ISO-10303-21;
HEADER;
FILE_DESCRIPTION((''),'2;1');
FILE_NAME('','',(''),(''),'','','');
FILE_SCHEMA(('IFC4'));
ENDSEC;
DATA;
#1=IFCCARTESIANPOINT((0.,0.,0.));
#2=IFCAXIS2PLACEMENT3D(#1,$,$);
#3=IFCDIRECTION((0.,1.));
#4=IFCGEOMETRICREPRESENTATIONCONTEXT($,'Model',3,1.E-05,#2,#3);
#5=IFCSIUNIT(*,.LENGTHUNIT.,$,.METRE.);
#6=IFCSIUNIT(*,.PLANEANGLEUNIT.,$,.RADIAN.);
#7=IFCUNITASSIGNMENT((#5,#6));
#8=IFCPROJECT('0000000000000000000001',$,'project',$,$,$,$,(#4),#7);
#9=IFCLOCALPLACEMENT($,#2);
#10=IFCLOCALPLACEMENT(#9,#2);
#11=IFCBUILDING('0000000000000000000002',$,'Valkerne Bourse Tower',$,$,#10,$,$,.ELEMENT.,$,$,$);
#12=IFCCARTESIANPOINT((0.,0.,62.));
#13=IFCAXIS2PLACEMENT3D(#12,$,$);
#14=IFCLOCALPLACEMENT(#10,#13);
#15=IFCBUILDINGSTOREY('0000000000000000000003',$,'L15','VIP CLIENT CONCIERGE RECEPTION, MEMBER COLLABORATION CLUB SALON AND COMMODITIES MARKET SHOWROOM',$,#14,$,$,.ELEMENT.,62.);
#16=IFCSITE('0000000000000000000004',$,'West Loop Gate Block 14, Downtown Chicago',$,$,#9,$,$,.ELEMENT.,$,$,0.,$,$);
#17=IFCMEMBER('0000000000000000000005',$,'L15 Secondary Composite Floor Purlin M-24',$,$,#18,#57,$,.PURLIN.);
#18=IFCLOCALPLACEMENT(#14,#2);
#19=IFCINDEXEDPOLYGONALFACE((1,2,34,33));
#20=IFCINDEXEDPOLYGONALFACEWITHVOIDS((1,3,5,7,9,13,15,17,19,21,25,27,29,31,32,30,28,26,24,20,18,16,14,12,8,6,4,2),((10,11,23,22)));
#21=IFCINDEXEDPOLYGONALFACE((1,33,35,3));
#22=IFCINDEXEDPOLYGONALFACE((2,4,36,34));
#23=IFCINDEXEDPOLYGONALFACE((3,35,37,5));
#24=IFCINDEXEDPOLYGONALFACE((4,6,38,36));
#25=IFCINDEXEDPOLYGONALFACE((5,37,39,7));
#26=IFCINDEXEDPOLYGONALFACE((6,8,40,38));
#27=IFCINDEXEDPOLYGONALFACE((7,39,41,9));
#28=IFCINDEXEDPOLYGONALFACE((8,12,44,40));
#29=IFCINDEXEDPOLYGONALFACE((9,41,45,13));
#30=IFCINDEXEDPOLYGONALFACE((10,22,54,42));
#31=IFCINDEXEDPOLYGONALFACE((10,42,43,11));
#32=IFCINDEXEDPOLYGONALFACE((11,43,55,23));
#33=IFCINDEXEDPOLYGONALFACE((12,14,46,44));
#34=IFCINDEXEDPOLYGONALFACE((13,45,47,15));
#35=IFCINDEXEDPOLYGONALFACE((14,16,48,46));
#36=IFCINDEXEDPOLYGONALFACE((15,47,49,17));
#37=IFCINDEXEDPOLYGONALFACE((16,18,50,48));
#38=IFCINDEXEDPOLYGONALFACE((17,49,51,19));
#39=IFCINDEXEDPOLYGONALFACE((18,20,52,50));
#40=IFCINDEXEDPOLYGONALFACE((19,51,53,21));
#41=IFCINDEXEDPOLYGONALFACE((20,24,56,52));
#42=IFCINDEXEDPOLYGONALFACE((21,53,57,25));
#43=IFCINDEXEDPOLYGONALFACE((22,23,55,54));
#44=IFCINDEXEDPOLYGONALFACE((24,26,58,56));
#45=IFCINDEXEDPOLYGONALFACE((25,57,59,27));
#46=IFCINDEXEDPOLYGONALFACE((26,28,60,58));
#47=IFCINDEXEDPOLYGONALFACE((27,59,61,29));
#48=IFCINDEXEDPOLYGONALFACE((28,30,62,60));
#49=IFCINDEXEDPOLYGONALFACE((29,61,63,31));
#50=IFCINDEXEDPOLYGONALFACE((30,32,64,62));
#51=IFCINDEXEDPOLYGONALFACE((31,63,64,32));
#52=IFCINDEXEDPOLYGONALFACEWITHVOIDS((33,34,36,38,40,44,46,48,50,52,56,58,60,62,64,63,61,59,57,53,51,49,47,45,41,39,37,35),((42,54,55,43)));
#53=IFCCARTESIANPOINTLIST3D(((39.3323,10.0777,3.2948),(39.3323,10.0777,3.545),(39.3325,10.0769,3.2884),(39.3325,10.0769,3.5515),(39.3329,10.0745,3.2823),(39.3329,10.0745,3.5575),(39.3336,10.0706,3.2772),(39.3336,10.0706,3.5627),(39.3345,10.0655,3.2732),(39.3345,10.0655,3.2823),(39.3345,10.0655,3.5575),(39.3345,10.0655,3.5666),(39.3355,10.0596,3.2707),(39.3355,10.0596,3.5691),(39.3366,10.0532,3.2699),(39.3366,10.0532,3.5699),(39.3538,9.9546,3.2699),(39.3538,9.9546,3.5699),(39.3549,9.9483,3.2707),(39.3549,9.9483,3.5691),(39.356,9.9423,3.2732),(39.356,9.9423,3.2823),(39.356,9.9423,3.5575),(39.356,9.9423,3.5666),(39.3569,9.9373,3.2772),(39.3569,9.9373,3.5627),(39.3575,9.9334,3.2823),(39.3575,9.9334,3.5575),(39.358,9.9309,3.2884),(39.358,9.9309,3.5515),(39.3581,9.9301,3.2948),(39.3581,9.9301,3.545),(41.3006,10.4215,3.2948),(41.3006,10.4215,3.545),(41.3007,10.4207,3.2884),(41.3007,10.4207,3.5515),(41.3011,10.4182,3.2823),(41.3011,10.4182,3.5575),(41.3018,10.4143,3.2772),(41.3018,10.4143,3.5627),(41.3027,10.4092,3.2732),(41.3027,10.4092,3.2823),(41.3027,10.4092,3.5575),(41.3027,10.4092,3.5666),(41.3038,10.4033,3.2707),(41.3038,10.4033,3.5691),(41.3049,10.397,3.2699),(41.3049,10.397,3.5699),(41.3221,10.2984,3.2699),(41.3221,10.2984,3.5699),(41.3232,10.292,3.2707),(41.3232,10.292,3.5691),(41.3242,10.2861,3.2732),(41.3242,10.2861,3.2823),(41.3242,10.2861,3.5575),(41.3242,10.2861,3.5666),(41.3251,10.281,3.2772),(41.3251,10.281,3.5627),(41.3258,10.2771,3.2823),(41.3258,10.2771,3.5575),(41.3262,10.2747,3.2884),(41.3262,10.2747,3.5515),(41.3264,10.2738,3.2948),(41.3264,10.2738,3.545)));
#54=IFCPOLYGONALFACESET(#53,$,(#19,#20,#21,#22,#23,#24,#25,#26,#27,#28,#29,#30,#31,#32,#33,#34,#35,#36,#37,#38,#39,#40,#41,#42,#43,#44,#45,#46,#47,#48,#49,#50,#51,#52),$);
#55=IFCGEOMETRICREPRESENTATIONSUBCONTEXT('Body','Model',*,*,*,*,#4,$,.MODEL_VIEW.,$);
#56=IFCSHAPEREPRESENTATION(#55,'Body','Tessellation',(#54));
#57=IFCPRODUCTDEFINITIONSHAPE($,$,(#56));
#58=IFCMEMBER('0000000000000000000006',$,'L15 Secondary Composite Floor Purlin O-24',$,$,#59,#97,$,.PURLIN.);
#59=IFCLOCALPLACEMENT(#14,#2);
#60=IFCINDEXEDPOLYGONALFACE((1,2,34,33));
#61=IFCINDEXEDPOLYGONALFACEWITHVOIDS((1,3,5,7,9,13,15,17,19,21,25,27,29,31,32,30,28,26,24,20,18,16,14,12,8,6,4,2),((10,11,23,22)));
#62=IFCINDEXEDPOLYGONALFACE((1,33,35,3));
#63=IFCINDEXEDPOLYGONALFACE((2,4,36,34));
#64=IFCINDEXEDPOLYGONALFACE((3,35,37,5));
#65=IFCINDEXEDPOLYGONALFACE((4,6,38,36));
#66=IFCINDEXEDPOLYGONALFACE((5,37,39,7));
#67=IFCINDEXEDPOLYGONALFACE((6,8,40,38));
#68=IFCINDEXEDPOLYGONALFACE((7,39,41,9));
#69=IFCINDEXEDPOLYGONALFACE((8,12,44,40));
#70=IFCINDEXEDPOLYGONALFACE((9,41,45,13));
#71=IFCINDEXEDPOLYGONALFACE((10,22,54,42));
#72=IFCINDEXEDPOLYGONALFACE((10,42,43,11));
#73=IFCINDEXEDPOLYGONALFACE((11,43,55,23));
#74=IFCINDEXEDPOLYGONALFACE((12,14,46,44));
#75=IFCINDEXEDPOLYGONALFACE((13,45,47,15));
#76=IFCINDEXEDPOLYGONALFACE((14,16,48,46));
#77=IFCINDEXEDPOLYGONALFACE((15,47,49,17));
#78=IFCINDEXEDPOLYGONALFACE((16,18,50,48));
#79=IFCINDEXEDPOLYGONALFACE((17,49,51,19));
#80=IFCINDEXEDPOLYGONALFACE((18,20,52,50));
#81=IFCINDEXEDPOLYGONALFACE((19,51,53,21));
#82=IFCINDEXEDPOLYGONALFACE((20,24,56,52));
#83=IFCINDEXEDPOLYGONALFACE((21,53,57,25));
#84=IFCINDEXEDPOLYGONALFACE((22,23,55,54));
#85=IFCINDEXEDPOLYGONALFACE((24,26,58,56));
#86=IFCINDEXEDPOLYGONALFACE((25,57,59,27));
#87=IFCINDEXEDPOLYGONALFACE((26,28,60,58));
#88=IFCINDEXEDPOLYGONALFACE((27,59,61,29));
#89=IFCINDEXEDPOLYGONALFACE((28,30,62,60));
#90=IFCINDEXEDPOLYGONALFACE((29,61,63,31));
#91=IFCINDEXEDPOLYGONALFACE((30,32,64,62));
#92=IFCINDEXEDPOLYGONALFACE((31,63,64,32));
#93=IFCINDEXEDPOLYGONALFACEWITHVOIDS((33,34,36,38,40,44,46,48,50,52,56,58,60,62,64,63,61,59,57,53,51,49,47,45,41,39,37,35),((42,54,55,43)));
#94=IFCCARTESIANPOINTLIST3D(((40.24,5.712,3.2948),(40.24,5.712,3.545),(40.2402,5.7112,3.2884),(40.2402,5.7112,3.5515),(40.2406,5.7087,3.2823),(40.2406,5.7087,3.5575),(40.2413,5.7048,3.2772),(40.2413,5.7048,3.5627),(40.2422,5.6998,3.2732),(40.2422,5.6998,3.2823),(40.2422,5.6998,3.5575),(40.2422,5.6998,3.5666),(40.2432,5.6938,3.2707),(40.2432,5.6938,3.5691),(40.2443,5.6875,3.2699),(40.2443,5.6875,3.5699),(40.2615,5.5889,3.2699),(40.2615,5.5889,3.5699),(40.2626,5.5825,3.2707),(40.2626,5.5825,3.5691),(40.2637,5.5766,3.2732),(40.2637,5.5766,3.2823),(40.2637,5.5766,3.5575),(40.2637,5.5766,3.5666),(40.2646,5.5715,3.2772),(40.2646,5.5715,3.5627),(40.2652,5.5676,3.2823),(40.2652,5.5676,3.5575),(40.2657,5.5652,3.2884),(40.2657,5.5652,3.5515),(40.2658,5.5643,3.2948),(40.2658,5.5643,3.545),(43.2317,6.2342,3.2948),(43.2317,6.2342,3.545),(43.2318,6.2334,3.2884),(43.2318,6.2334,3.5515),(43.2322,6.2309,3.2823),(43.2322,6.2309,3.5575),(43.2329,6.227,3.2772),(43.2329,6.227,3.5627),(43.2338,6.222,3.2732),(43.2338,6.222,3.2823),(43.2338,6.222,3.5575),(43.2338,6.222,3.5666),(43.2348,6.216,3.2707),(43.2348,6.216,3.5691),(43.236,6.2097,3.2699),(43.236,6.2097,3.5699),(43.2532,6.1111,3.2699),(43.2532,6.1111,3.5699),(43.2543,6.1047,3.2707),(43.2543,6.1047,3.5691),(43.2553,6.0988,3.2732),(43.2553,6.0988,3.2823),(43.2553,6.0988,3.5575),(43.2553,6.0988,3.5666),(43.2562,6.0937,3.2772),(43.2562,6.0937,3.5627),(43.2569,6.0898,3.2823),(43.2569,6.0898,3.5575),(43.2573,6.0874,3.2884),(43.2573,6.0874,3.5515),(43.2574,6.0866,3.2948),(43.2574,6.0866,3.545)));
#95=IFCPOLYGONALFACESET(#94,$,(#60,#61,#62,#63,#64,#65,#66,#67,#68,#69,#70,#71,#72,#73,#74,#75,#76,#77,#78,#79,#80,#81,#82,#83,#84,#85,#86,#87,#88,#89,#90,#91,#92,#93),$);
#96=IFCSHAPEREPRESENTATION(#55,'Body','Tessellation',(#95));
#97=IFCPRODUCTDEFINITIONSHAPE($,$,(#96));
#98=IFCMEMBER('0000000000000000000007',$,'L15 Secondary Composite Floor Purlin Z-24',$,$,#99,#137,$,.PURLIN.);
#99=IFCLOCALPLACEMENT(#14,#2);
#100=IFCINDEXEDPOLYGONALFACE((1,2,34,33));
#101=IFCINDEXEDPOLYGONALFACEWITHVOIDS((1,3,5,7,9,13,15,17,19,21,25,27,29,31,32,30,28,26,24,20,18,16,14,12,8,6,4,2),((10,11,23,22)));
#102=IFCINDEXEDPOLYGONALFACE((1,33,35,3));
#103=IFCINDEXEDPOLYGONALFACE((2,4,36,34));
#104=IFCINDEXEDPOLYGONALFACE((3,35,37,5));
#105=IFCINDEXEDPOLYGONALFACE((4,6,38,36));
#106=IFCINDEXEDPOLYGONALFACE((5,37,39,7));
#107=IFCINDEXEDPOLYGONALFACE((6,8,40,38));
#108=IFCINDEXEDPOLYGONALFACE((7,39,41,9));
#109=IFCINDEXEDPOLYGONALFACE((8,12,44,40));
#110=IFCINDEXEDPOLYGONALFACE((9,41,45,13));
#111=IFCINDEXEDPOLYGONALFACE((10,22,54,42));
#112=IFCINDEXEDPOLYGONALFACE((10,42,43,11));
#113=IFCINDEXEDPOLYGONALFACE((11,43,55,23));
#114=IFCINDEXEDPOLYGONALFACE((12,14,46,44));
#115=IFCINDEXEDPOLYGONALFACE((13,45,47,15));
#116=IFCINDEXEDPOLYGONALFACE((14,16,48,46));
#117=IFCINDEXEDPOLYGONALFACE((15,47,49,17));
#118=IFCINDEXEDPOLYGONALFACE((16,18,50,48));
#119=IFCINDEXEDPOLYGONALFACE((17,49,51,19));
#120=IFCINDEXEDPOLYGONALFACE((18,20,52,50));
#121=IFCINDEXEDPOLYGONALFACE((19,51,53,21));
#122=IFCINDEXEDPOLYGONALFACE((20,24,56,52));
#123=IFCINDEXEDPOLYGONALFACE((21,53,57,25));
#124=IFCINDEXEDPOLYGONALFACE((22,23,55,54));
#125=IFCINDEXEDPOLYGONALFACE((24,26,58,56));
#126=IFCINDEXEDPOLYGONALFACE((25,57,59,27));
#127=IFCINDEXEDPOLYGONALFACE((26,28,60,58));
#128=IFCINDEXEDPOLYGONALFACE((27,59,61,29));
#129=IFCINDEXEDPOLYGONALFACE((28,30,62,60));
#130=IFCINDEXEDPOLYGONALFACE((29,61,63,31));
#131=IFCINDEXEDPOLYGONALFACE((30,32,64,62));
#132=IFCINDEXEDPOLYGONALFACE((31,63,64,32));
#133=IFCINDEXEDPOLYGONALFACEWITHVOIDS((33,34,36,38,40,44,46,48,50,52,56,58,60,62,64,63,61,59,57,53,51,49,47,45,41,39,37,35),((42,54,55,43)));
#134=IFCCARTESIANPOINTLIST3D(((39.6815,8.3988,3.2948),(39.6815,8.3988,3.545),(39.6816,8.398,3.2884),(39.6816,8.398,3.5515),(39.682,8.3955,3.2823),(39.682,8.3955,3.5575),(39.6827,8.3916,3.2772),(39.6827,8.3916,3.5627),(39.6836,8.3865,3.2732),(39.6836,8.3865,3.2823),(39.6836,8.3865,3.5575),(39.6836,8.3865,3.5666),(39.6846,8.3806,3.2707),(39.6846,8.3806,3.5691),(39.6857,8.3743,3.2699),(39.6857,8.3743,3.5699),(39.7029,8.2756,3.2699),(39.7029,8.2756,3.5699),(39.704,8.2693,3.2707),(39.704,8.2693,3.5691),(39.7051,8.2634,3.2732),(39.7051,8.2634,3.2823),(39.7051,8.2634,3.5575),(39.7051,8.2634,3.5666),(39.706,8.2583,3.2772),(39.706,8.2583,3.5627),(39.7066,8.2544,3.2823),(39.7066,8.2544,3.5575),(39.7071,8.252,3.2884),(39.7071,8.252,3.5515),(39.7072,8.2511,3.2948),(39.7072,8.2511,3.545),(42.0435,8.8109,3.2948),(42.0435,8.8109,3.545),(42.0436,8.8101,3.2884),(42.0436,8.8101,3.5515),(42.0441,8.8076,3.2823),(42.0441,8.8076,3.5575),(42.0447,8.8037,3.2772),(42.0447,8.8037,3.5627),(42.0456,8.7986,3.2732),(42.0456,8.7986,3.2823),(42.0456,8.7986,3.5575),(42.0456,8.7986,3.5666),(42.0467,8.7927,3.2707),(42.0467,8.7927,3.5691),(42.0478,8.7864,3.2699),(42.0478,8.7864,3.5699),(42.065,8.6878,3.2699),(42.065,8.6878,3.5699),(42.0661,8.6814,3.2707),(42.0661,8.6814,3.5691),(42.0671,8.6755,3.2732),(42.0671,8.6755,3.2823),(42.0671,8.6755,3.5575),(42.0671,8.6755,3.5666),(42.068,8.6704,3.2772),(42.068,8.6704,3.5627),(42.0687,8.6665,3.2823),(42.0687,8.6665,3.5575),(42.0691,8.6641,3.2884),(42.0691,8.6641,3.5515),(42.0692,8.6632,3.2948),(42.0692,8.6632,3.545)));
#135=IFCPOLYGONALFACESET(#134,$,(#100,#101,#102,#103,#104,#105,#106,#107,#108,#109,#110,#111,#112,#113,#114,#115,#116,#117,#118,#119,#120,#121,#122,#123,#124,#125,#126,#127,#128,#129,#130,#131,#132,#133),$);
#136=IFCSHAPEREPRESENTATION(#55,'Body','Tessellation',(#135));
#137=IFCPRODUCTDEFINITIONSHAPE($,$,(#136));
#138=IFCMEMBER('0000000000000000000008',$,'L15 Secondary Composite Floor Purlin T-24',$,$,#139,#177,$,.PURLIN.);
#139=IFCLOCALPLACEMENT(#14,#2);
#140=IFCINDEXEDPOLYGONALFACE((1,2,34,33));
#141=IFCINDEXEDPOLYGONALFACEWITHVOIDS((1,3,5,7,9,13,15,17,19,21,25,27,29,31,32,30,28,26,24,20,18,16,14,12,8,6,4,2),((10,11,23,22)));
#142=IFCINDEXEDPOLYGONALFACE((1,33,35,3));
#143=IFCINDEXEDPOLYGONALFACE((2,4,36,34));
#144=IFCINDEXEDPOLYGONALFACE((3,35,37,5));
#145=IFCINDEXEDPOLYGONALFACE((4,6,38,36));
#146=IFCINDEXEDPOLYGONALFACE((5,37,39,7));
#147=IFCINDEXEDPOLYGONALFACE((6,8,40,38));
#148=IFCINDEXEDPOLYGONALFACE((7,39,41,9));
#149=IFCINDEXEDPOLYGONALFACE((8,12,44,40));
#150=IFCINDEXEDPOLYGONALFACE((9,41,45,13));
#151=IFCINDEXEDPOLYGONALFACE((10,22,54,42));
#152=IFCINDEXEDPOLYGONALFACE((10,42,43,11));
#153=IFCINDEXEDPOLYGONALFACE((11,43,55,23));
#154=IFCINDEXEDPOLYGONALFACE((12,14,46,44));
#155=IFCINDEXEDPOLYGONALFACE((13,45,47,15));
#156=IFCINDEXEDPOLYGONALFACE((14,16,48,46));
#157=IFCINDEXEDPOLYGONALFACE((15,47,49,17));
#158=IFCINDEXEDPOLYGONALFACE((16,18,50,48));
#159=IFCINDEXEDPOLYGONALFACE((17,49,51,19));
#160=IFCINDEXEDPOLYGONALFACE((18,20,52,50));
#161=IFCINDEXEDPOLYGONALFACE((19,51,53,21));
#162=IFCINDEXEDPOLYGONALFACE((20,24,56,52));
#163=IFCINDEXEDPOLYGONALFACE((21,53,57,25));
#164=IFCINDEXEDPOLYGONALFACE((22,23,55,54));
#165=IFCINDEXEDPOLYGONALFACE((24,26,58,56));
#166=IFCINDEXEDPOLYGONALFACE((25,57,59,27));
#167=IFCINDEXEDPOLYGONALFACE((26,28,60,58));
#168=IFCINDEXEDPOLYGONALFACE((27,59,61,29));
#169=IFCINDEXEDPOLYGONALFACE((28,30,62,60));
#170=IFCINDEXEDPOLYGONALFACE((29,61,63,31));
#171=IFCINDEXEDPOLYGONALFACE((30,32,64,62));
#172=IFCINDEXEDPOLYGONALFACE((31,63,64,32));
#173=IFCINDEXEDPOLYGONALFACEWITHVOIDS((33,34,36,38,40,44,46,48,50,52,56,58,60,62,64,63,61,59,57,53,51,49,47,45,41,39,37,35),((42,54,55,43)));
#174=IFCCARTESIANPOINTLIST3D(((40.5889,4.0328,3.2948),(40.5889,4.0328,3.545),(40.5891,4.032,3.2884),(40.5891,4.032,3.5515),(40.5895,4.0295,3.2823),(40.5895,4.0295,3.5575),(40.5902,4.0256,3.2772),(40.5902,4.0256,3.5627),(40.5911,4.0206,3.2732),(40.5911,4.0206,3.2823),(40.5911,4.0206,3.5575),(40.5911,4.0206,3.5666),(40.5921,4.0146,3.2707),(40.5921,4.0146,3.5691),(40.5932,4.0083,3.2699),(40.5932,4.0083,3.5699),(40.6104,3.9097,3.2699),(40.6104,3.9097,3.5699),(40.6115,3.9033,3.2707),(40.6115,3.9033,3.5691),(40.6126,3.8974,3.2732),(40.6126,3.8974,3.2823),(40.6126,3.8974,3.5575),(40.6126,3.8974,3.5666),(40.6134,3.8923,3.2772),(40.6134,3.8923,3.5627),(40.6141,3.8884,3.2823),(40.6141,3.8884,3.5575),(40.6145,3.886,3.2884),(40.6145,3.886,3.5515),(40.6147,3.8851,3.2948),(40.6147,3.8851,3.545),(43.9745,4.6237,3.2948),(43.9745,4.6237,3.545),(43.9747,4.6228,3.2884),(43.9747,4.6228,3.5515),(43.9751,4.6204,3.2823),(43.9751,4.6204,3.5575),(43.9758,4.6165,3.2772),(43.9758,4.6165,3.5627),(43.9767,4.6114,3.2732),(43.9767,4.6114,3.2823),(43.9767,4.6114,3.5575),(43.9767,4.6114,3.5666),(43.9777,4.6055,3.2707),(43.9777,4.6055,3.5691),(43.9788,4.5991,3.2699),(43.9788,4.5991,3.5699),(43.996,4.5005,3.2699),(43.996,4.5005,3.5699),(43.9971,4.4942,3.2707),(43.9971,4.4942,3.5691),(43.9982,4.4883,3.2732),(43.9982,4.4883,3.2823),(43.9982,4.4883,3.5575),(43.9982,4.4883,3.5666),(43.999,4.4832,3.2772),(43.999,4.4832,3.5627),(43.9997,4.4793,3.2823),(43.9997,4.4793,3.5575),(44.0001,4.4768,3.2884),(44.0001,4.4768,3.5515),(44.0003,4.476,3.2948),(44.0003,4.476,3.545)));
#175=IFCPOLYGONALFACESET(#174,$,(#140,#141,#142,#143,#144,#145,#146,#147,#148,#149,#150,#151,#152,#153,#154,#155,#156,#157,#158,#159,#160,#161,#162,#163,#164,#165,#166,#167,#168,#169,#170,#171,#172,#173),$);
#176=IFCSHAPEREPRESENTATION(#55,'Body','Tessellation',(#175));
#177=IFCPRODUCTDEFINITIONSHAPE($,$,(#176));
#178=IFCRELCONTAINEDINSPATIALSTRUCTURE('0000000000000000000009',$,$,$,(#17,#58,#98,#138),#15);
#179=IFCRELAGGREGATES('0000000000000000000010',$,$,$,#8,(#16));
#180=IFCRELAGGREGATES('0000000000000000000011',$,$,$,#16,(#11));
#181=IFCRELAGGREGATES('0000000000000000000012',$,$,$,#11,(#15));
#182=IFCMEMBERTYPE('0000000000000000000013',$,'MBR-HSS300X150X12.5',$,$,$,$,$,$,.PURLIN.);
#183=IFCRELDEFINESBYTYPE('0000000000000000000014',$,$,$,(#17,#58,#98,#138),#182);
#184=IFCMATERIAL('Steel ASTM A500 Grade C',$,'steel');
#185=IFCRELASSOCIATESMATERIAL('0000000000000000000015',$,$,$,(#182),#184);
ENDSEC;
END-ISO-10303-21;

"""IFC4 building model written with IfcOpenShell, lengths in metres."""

from ifc_helpers import new_model, si_unit, direction, frame, origin, origin_2d, place, context, subcontext, project, spatial, hollow_rectangle, extrude, material, material_profile, profile_set, type_object, element, save


model = new_model("IFC4")

# Units and contexts
model_context = context("Model", 3, precision=1e-05, world=origin(), true_north=direction((0.0, 1.0)))
body_context = subcontext(model_context, "Body", "Model", "MODEL_VIEW")
ifc_project = project(units=[si_unit("LENGTHUNIT", "METRE"), si_unit("PLANEANGLEUNIT", "RADIAN")], contexts=[model_context])

# Site, building, storey
site_placement = place(None, origin())
site = spatial("IfcSite", under=ifc_project, at=site_placement, Name="West Loop Gate Block 14, Downtown Chicago", CompositionType="ELEMENT", RefElevation=0.0)
building_placement = place(site_placement, origin())
building = spatial("IfcBuilding", under=site, at=building_placement, Name="Valkerne Bourse Tower", CompositionType="ELEMENT")
storey_placement = place(building_placement, frame((0.0, 0.0, 62.0)))
storey = spatial("IfcBuildingStorey", under=building, at=storey_placement, Name="L15", Description="VIP CLIENT CONCIERGE RECEPTION, MEMBER COLLABORATION CLUB SALON AND COMMODITIES MARKET SHOWROOM", CompositionType="ELEMENT", Elevation=62.0)

# Members
ifc_material_1 = material(Name="Steel ASTM A500 Grade C", Category="steel")
ifc_material_profile_1 = material_profile(ifc_material_1, hollow_rectangle(XDim=0.1499, YDim=0.3, WallThickness=0.0125, OuterFilletRadius=0.0249, at=origin_2d()), Name="HSS300X150X12.5")
ifc_profile_set_1 = profile_set([ifc_material_profile_1], Name="Steel ASTM A500 Grade C")
member_type_1 = type_object("IfcMemberType", Name="MBR-HSS300X150X12.5", PredefinedType="PURLIN", material=ifc_profile_set_1)
member_1_placement = place(storey_placement, frame((39.3452, 10.0039, 3.4199), z_axis=(0.98509, 0.172042, 0.0), x_axis=(-0.172042, 0.98509, 0.0)))
element("IfcMember", 1, at=member_1_placement, inside=storey, type_object=member_type_1, Name="L15 Secondary Composite Floor Purlin M-24", PredefinedType="PURLIN", context=body_context, shape_type="SweptSolid", body=[
    extrude(hollow_rectangle(XDim=0.1499, YDim=0.3, WallThickness=0.0125, OuterFilletRadius=0.0249, at=origin_2d()), origin(), (0.0, 0.0, 1.0), 1.998),
])
member_2_placement = place(storey_placement, frame((40.2529, 5.6382, 3.4199), z_axis=(0.985105, 0.171955, 0.0), x_axis=(-0.171955, 0.985105, 0.0)))
element("IfcMember", 2, at=member_2_placement, inside=storey, type_object=member_type_1, Name="L15 Secondary Composite Floor Purlin O-24", PredefinedType="PURLIN", context=body_context, shape_type="SweptSolid", body=[
    extrude(hollow_rectangle(XDim=0.1499, YDim=0.3, WallThickness=0.0125, OuterFilletRadius=0.0249, at=origin_2d()), origin(), (0.0, 0.0, 1.0), 3.0369),
])
member_3_placement = place(storey_placement, frame((39.6943, 8.325, 3.4199), z_axis=(0.985119, 0.171874, 0.0), x_axis=(-0.171874, 0.985119, 0.0)))
element("IfcMember", 3, at=member_3_placement, inside=storey, type_object=member_type_1, Name="L15 Secondary Composite Floor Purlin Z-24", PredefinedType="PURLIN", context=body_context, shape_type="SweptSolid", body=[
    extrude(hollow_rectangle(XDim=0.1499, YDim=0.3, WallThickness=0.0125, OuterFilletRadius=0.0249, at=origin_2d()), origin(), (0.0, 0.0, 1.0), 2.3977),
])
member_4_placement = place(storey_placement, frame((40.6018, 3.959, 3.4199), z_axis=(0.985111, 0.171917, 0.0), x_axis=(-0.171917, 0.985111, 0.0)))
element("IfcMember", 4, at=member_4_placement, inside=storey, type_object=member_type_1, Name="L15 Secondary Composite Floor Purlin T-24", PredefinedType="PURLIN", context=body_context, shape_type="SweptSolid", body=[
    extrude(hollow_rectangle(XDim=0.1499, YDim=0.3, WallThickness=0.0125, OuterFilletRadius=0.0249, at=origin_2d()), origin(), (0.0, 0.0, 1.0), 3.4368),
])

save(model, "model.ifc")
